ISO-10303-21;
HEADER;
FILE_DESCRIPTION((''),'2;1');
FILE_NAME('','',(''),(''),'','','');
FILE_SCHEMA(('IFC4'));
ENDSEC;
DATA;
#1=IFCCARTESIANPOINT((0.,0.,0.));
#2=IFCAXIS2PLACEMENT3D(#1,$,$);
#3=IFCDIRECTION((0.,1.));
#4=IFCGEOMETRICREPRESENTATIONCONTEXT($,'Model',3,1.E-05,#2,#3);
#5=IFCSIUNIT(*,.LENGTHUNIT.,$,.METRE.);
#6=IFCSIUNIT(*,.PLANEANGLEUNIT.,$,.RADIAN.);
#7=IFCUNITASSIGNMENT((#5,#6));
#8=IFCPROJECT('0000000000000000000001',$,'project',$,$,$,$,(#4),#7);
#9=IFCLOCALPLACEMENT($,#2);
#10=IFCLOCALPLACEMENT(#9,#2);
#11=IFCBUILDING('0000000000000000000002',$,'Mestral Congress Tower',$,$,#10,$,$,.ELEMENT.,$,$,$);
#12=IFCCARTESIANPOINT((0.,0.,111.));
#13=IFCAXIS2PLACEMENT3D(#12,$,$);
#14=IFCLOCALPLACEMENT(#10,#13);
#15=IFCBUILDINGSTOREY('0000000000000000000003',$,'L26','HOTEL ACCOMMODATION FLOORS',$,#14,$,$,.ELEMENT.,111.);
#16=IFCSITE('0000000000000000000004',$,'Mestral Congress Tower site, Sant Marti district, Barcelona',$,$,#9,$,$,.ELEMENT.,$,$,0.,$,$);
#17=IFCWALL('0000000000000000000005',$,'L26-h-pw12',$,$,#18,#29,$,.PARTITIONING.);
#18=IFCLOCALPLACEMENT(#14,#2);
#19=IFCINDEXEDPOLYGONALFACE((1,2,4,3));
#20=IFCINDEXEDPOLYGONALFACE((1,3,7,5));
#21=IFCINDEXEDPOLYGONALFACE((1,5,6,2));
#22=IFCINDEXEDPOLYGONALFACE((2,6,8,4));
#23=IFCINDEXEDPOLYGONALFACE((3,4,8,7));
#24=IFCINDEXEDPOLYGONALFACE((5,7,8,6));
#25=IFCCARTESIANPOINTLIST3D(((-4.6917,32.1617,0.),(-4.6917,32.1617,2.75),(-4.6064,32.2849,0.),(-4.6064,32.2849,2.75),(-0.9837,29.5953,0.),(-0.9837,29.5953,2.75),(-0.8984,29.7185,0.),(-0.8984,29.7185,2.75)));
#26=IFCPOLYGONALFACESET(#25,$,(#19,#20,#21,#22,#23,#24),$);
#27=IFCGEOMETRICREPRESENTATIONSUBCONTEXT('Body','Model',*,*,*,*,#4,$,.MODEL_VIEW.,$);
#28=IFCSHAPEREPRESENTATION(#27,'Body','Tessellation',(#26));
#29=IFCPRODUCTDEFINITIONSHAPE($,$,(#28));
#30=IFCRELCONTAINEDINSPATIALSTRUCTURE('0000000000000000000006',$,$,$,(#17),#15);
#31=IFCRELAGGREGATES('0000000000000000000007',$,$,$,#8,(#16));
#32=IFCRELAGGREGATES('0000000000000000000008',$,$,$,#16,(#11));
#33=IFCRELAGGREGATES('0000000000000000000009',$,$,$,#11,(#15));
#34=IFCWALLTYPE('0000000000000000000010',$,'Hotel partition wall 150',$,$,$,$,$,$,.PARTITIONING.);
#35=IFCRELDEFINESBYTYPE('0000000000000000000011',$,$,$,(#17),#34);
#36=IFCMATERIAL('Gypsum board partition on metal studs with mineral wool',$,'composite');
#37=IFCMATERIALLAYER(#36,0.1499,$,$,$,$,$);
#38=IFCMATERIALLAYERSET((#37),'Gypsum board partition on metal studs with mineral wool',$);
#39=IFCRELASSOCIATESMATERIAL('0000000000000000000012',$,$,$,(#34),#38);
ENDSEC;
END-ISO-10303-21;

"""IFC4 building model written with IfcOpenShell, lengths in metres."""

from ifc_helpers import new_model, si_unit, direction, frame, frame_2d, origin, place, context, subcontext, project, spatial, rectangle, extrude, material, layer, layer_set, type_object, element, save


model = new_model("IFC4")

# Units and contexts
model_context = context("Model", 3, precision=1e-05, world=origin(), true_north=direction((0.0, 1.0)))
body_context = subcontext(model_context, "Body", "Model", "MODEL_VIEW")
ifc_project = project(units=[si_unit("LENGTHUNIT", "METRE"), si_unit("PLANEANGLEUNIT", "RADIAN")], contexts=[model_context])

# Site, building, storey
site_placement = place(None, origin())
site = spatial("IfcSite", under=ifc_project, at=site_placement, Name="Mestral Congress Tower site, Sant Marti district, Barcelona", CompositionType="ELEMENT", RefElevation=0.0)
building_placement = place(site_placement, origin())
building = spatial("IfcBuilding", under=site, at=building_placement, Name="Mestral Congress Tower", CompositionType="ELEMENT")
storey_placement = place(building_placement, frame((0.0, 0.0, 111.0)))
storey = spatial("IfcBuildingStorey", under=building, at=storey_placement, Name="L26", Description="HOTEL ACCOMMODATION FLOORS", CompositionType="ELEMENT", Elevation=111.0)

# Shared definitions
ifc_material_1 = material(Name="Gypsum board partition on metal studs with mineral wool", Category="composite")

# Wall
ifc_layer_1 = layer(ifc_material_1, 0.1499)
ifc_layer_set_1 = layer_set([ifc_layer_1], Name="Gypsum board partition on metal studs with mineral wool")
wall_type_1 = type_object("IfcWallType", Name="Hotel partition wall 150", PredefinedType="PARTITIONING", material=ifc_layer_set_1)
wall_1_placement = place(storey_placement, frame((-4.6492, 32.2234, 0.0), z_axis=(0.0, 0.0, 1.0), x_axis=(0.822262, -0.569109, 0.0)))
element("IfcWall", 1, at=wall_1_placement, inside=storey, type_object=wall_type_1, Name="L26-h-pw12", PredefinedType="PARTITIONING", context=body_context, shape_type="SweptSolid", body=[
    extrude(rectangle(XDim=4.5095, YDim=0.1499, at=frame_2d((2.2549, 0.0))), origin(), (0.0, 0.0, 1.0), 2.75),
])

save(model, "model.ifc")
